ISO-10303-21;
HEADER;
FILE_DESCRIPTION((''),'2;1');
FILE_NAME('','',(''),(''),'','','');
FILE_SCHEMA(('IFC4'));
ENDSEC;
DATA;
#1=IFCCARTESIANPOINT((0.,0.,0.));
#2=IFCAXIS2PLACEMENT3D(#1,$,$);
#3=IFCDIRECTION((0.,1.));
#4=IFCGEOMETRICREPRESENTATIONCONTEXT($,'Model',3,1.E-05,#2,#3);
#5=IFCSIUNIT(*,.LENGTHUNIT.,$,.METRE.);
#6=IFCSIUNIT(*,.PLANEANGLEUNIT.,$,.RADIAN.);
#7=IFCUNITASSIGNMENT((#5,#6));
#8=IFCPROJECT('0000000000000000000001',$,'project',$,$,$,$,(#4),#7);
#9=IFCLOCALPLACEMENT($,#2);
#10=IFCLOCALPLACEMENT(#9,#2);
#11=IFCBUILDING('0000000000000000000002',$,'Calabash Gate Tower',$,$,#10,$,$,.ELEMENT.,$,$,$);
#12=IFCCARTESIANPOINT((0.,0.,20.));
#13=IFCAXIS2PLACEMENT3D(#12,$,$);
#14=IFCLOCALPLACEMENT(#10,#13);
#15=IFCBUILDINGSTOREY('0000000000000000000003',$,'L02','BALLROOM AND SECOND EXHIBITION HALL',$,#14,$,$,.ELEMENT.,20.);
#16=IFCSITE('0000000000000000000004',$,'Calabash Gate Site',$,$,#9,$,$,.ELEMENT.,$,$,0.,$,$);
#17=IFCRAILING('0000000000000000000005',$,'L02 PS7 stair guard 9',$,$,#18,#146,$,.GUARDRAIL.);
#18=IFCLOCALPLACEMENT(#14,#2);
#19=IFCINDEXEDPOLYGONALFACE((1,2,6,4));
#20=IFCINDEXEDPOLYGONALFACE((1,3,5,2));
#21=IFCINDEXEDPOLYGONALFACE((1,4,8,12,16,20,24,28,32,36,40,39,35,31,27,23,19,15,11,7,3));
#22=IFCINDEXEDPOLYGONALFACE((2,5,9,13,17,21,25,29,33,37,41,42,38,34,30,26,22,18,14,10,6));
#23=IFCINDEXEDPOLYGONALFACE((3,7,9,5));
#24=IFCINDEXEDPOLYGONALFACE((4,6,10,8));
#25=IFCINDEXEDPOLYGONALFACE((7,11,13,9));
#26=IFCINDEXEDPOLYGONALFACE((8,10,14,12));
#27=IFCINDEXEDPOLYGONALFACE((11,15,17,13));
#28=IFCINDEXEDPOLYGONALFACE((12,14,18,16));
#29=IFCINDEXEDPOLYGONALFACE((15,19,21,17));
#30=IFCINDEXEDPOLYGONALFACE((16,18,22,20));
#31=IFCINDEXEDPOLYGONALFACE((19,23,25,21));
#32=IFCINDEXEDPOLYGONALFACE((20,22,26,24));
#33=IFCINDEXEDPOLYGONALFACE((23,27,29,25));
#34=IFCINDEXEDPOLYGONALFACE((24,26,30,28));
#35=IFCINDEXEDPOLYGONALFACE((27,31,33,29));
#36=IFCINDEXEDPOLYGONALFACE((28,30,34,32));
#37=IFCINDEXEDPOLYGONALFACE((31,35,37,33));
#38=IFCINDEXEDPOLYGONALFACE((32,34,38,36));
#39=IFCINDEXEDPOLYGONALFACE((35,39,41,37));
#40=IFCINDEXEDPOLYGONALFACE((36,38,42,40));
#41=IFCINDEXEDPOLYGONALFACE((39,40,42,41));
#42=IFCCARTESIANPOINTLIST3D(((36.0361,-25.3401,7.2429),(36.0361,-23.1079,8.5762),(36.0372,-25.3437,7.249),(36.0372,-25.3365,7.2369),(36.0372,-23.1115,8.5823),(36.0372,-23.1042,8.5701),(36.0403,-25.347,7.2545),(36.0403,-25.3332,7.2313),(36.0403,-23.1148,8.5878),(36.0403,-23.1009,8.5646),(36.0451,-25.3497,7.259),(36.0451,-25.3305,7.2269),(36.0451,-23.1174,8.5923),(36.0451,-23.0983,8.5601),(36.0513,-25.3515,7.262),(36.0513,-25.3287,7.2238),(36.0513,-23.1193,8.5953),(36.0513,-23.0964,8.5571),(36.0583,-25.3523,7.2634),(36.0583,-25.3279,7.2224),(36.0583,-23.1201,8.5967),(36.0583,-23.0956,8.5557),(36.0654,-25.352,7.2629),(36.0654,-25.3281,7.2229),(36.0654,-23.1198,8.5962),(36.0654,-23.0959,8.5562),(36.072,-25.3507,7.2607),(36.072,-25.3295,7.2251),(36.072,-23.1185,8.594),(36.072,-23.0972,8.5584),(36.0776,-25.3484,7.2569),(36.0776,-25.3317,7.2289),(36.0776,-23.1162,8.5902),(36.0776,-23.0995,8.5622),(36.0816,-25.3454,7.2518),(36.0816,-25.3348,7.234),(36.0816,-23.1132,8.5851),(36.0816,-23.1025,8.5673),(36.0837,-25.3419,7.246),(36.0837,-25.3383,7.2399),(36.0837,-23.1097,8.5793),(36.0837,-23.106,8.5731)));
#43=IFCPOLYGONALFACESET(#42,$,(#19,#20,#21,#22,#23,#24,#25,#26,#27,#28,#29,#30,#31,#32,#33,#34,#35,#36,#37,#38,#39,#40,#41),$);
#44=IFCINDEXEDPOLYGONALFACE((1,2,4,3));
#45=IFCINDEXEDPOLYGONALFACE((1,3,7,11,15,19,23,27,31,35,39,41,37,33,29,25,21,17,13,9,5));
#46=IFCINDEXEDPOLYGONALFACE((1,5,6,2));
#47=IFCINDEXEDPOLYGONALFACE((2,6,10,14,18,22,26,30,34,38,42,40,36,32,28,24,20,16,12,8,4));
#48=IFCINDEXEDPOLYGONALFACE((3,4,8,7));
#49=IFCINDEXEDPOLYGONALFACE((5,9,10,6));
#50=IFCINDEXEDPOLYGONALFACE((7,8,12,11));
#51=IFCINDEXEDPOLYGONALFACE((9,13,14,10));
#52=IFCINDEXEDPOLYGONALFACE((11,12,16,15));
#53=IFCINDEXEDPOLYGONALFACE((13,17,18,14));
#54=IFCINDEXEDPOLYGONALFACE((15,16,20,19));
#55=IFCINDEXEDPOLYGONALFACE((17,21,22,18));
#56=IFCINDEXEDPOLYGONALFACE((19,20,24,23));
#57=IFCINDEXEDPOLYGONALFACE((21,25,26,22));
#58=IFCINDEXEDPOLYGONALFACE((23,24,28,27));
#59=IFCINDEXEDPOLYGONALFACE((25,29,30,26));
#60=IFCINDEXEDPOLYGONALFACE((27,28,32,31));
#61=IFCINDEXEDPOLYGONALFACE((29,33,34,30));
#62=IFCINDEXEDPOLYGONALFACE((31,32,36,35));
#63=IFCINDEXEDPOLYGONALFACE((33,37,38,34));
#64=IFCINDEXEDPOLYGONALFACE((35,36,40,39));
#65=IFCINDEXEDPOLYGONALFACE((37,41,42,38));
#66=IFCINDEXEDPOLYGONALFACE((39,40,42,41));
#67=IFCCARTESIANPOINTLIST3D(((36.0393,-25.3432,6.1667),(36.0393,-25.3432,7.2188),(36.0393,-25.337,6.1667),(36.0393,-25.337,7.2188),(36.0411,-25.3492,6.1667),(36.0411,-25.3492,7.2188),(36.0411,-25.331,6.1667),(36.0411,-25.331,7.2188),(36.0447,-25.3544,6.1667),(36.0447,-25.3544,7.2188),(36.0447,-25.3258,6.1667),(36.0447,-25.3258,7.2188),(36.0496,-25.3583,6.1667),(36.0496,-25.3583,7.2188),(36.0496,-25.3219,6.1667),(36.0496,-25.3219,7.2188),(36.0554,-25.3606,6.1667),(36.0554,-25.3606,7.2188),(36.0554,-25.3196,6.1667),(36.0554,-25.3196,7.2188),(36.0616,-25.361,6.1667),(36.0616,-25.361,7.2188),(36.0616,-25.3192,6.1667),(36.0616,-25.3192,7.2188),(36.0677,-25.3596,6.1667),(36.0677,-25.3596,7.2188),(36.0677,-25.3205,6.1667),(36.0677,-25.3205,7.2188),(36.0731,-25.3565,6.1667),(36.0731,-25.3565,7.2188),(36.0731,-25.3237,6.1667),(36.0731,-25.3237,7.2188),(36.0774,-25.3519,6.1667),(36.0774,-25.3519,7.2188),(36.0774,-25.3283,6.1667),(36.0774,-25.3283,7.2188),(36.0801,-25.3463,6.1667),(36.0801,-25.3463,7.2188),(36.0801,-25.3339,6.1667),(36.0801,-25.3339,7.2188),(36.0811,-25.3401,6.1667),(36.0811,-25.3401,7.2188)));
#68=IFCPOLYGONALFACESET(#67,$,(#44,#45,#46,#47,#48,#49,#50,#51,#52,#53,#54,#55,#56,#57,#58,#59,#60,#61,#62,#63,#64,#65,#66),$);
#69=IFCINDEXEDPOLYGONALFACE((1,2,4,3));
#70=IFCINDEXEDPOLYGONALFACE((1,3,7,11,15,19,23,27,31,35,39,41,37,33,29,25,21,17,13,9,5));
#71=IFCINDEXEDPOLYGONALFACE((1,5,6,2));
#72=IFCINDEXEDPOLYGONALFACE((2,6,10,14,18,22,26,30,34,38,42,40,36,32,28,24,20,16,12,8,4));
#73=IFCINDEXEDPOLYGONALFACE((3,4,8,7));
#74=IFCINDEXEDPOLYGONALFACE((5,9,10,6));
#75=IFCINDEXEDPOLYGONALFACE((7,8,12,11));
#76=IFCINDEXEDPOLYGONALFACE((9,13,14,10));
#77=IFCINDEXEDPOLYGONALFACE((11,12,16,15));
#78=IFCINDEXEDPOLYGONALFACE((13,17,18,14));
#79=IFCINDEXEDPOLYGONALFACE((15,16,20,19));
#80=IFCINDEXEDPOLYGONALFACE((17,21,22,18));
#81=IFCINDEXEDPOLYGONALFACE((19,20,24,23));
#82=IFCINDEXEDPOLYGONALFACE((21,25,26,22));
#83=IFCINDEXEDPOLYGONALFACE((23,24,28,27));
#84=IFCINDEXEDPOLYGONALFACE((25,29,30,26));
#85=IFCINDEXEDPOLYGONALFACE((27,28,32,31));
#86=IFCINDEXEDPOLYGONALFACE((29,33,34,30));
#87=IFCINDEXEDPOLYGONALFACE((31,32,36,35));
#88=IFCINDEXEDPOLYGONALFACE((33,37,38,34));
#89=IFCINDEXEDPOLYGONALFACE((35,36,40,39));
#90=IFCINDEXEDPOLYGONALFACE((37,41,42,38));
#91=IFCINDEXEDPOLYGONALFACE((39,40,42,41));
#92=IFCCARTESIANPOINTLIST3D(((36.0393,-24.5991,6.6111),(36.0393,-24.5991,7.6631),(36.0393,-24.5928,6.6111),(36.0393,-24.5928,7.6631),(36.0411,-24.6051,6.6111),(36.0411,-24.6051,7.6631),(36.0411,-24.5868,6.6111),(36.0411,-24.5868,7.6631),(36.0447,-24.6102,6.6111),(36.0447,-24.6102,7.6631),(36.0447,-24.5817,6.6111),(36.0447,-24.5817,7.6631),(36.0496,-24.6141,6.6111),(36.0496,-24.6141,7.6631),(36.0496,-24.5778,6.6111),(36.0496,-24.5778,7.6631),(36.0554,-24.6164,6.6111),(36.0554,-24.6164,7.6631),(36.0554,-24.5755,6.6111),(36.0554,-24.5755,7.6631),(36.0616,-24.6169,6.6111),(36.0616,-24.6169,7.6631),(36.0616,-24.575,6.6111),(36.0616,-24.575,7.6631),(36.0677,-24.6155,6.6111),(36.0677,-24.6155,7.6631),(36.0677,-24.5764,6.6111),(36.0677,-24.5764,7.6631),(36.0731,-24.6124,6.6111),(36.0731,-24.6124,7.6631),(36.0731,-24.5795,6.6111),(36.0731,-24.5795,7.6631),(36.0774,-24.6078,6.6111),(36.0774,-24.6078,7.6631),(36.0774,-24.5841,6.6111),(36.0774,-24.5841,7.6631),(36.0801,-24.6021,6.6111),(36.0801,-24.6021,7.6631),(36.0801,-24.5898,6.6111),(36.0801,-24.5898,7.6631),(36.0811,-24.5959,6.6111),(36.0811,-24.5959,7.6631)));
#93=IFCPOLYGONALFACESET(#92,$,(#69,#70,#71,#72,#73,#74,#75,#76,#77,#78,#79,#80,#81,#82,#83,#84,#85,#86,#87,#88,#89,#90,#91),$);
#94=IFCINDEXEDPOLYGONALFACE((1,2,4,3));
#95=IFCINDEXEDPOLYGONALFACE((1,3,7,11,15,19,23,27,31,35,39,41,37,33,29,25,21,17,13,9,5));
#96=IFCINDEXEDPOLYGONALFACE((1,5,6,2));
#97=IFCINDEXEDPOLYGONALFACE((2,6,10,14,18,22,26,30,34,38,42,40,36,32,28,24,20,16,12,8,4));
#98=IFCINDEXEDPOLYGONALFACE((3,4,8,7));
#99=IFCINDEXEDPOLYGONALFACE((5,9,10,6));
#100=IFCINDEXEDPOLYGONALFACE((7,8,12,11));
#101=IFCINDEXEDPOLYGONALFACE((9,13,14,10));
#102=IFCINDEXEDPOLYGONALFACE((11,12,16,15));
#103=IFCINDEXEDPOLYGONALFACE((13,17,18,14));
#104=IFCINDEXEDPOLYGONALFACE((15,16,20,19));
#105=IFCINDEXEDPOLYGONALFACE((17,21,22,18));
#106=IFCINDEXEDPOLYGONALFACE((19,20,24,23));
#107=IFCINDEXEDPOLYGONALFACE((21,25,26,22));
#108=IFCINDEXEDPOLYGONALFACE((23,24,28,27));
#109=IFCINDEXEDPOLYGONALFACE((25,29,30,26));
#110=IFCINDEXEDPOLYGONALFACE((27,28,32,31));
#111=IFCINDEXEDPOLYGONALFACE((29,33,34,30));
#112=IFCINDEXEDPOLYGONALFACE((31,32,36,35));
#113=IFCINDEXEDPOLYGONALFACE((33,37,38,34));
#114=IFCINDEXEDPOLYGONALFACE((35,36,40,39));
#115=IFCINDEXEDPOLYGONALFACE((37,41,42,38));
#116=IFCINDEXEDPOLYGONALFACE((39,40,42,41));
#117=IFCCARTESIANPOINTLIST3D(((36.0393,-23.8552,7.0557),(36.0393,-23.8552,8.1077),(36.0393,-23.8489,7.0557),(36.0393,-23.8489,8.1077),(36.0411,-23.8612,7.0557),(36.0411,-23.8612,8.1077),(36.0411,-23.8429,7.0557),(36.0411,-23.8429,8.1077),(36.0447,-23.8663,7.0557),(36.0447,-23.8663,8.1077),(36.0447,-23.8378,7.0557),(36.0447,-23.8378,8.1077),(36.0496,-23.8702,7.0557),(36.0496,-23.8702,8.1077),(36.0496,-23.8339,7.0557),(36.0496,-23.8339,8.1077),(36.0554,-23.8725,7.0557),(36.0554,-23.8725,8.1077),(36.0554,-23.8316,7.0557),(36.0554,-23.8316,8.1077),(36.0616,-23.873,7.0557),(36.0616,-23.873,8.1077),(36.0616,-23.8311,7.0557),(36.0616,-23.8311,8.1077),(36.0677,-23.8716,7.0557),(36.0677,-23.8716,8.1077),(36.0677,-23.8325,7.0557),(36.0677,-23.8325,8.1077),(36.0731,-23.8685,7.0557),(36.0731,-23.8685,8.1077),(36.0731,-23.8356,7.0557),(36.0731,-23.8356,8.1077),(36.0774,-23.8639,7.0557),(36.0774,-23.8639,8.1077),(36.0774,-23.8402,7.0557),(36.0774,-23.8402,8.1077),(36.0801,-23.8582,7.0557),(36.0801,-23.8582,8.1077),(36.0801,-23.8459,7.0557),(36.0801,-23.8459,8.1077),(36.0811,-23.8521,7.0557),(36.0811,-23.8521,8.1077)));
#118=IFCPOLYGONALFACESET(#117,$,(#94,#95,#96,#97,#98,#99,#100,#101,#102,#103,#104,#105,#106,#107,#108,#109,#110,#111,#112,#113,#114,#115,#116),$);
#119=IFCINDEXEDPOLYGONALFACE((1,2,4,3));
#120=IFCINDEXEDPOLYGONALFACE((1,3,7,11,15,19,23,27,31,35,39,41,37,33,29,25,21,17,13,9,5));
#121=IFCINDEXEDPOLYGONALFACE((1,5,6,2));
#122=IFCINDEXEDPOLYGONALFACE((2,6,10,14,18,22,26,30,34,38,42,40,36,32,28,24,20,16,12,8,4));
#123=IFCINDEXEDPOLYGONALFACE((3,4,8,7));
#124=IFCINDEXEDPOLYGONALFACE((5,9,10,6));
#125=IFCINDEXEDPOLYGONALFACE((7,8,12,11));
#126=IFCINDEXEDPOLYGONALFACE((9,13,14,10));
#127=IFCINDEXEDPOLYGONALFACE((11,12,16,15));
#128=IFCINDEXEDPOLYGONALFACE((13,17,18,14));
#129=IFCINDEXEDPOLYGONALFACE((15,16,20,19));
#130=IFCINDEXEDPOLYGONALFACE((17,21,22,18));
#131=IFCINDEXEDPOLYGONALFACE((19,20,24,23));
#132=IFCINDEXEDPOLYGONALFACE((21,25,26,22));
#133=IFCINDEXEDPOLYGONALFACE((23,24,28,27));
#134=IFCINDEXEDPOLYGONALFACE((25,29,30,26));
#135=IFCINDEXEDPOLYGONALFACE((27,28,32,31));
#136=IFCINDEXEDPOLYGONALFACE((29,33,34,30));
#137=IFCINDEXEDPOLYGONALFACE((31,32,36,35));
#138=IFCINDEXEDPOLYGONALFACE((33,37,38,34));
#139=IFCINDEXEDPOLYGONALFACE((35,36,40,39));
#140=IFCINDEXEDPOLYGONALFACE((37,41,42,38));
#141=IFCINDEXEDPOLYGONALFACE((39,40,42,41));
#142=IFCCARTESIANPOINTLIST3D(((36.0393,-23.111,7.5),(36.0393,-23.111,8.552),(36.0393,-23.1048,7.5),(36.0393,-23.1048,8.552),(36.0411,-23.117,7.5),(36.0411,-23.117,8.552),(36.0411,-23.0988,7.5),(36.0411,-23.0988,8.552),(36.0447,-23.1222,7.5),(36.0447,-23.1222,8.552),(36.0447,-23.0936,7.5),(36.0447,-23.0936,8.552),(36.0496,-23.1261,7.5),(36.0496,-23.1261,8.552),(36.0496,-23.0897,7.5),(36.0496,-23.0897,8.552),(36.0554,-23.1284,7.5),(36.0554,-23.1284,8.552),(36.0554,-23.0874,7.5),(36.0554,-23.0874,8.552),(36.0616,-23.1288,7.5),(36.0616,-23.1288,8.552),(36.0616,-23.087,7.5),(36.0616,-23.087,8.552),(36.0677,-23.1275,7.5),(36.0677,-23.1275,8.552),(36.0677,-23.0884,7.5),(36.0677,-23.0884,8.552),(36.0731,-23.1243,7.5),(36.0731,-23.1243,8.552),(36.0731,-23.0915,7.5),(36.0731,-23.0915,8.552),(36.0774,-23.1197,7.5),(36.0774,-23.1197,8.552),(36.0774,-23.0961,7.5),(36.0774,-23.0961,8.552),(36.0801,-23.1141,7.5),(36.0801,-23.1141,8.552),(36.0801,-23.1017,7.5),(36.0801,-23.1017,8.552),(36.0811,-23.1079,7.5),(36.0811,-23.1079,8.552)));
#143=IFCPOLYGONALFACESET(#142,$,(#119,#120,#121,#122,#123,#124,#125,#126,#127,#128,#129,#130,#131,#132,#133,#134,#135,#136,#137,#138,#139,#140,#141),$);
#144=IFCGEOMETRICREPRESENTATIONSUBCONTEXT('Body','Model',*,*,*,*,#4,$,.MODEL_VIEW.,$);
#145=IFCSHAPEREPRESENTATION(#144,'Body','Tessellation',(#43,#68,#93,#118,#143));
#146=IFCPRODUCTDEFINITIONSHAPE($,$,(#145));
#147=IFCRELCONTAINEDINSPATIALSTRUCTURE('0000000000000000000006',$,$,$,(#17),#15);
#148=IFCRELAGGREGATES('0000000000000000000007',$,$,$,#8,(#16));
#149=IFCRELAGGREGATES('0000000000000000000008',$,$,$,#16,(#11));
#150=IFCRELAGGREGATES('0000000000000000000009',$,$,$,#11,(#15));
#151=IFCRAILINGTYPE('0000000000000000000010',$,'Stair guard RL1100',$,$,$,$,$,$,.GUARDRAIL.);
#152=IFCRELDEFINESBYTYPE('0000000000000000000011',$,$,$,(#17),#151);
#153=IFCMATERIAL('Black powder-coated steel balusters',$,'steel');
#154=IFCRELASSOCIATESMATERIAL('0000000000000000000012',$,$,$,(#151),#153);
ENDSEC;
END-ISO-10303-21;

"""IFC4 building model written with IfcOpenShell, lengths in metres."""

from ifc_helpers import new_model, si_unit, direction, frame, origin, origin_2d, place, context, subcontext, project, spatial, circle, extrude, material, type_object, element, save


model = new_model("IFC4")

# Units and contexts
model_context = context("Model", 3, precision=1e-05, world=origin(), true_north=direction((0.0, 1.0)))
body_context = subcontext(model_context, "Body", "Model", "MODEL_VIEW")
ifc_project = project(units=[si_unit("LENGTHUNIT", "METRE"), si_unit("PLANEANGLEUNIT", "RADIAN")], contexts=[model_context])

# Site, building, storey
site_placement = place(None, origin())
site = spatial("IfcSite", under=ifc_project, at=site_placement, Name="Calabash Gate Site", CompositionType="ELEMENT", RefElevation=0.0)
building_placement = place(site_placement, origin())
building = spatial("IfcBuilding", under=site, at=building_placement, Name="Calabash Gate Tower", CompositionType="ELEMENT")
storey_placement = place(building_placement, frame((0.0, 0.0, 20.0)))
storey = spatial("IfcBuildingStorey", under=building, at=storey_placement, Name="L02", Description="BALLROOM AND SECOND EXHIBITION HALL", CompositionType="ELEMENT", Elevation=20.0)

# Railing
ifc_material_1 = material(Name="Black powder-coated steel balusters", Category="steel")
railing_type_1 = type_object("IfcRailingType", Name="Stair guard RL1100", PredefinedType="GUARDRAIL", material=ifc_material_1)
railing_1_placement = place(storey_placement, frame((36.0601, -25.3401, 6.1667)))
element("IfcRailing", 1, at=railing_1_placement, inside=storey, type_object=railing_type_1, Name="L02 PS7 stair guard 9", PredefinedType="GUARDRAIL", context=body_context, shape_type="SweptSolid", body=[
    extrude(circle(Radius=0.0239, at=origin_2d()), frame((0.0, 0.0, 1.0762), z_axis=(0.0, 0.858519, 0.512782), x_axis=(-1.0, 0.0, 0.0)), (0.0, 0.0, 1.0), 2.6001),
    extrude(circle(Radius=0.021, at=origin_2d()), origin(), (0.0, 0.0, 1.0), 1.052),
    extrude(circle(Radius=0.021, at=origin_2d()), frame((0.0, 0.7441, 0.4443)), (0.0, 0.0, 1.0), 1.052),
    extrude(circle(Radius=0.021, at=origin_2d()), frame((0.0, 1.488, 0.8889)), (0.0, 0.0, 1.0), 1.052),
    extrude(circle(Radius=0.021, at=origin_2d()), frame((0.0, 2.2322, 1.3333)), (0.0, 0.0, 1.0), 1.052),
])

save(model, "model.ifc")
